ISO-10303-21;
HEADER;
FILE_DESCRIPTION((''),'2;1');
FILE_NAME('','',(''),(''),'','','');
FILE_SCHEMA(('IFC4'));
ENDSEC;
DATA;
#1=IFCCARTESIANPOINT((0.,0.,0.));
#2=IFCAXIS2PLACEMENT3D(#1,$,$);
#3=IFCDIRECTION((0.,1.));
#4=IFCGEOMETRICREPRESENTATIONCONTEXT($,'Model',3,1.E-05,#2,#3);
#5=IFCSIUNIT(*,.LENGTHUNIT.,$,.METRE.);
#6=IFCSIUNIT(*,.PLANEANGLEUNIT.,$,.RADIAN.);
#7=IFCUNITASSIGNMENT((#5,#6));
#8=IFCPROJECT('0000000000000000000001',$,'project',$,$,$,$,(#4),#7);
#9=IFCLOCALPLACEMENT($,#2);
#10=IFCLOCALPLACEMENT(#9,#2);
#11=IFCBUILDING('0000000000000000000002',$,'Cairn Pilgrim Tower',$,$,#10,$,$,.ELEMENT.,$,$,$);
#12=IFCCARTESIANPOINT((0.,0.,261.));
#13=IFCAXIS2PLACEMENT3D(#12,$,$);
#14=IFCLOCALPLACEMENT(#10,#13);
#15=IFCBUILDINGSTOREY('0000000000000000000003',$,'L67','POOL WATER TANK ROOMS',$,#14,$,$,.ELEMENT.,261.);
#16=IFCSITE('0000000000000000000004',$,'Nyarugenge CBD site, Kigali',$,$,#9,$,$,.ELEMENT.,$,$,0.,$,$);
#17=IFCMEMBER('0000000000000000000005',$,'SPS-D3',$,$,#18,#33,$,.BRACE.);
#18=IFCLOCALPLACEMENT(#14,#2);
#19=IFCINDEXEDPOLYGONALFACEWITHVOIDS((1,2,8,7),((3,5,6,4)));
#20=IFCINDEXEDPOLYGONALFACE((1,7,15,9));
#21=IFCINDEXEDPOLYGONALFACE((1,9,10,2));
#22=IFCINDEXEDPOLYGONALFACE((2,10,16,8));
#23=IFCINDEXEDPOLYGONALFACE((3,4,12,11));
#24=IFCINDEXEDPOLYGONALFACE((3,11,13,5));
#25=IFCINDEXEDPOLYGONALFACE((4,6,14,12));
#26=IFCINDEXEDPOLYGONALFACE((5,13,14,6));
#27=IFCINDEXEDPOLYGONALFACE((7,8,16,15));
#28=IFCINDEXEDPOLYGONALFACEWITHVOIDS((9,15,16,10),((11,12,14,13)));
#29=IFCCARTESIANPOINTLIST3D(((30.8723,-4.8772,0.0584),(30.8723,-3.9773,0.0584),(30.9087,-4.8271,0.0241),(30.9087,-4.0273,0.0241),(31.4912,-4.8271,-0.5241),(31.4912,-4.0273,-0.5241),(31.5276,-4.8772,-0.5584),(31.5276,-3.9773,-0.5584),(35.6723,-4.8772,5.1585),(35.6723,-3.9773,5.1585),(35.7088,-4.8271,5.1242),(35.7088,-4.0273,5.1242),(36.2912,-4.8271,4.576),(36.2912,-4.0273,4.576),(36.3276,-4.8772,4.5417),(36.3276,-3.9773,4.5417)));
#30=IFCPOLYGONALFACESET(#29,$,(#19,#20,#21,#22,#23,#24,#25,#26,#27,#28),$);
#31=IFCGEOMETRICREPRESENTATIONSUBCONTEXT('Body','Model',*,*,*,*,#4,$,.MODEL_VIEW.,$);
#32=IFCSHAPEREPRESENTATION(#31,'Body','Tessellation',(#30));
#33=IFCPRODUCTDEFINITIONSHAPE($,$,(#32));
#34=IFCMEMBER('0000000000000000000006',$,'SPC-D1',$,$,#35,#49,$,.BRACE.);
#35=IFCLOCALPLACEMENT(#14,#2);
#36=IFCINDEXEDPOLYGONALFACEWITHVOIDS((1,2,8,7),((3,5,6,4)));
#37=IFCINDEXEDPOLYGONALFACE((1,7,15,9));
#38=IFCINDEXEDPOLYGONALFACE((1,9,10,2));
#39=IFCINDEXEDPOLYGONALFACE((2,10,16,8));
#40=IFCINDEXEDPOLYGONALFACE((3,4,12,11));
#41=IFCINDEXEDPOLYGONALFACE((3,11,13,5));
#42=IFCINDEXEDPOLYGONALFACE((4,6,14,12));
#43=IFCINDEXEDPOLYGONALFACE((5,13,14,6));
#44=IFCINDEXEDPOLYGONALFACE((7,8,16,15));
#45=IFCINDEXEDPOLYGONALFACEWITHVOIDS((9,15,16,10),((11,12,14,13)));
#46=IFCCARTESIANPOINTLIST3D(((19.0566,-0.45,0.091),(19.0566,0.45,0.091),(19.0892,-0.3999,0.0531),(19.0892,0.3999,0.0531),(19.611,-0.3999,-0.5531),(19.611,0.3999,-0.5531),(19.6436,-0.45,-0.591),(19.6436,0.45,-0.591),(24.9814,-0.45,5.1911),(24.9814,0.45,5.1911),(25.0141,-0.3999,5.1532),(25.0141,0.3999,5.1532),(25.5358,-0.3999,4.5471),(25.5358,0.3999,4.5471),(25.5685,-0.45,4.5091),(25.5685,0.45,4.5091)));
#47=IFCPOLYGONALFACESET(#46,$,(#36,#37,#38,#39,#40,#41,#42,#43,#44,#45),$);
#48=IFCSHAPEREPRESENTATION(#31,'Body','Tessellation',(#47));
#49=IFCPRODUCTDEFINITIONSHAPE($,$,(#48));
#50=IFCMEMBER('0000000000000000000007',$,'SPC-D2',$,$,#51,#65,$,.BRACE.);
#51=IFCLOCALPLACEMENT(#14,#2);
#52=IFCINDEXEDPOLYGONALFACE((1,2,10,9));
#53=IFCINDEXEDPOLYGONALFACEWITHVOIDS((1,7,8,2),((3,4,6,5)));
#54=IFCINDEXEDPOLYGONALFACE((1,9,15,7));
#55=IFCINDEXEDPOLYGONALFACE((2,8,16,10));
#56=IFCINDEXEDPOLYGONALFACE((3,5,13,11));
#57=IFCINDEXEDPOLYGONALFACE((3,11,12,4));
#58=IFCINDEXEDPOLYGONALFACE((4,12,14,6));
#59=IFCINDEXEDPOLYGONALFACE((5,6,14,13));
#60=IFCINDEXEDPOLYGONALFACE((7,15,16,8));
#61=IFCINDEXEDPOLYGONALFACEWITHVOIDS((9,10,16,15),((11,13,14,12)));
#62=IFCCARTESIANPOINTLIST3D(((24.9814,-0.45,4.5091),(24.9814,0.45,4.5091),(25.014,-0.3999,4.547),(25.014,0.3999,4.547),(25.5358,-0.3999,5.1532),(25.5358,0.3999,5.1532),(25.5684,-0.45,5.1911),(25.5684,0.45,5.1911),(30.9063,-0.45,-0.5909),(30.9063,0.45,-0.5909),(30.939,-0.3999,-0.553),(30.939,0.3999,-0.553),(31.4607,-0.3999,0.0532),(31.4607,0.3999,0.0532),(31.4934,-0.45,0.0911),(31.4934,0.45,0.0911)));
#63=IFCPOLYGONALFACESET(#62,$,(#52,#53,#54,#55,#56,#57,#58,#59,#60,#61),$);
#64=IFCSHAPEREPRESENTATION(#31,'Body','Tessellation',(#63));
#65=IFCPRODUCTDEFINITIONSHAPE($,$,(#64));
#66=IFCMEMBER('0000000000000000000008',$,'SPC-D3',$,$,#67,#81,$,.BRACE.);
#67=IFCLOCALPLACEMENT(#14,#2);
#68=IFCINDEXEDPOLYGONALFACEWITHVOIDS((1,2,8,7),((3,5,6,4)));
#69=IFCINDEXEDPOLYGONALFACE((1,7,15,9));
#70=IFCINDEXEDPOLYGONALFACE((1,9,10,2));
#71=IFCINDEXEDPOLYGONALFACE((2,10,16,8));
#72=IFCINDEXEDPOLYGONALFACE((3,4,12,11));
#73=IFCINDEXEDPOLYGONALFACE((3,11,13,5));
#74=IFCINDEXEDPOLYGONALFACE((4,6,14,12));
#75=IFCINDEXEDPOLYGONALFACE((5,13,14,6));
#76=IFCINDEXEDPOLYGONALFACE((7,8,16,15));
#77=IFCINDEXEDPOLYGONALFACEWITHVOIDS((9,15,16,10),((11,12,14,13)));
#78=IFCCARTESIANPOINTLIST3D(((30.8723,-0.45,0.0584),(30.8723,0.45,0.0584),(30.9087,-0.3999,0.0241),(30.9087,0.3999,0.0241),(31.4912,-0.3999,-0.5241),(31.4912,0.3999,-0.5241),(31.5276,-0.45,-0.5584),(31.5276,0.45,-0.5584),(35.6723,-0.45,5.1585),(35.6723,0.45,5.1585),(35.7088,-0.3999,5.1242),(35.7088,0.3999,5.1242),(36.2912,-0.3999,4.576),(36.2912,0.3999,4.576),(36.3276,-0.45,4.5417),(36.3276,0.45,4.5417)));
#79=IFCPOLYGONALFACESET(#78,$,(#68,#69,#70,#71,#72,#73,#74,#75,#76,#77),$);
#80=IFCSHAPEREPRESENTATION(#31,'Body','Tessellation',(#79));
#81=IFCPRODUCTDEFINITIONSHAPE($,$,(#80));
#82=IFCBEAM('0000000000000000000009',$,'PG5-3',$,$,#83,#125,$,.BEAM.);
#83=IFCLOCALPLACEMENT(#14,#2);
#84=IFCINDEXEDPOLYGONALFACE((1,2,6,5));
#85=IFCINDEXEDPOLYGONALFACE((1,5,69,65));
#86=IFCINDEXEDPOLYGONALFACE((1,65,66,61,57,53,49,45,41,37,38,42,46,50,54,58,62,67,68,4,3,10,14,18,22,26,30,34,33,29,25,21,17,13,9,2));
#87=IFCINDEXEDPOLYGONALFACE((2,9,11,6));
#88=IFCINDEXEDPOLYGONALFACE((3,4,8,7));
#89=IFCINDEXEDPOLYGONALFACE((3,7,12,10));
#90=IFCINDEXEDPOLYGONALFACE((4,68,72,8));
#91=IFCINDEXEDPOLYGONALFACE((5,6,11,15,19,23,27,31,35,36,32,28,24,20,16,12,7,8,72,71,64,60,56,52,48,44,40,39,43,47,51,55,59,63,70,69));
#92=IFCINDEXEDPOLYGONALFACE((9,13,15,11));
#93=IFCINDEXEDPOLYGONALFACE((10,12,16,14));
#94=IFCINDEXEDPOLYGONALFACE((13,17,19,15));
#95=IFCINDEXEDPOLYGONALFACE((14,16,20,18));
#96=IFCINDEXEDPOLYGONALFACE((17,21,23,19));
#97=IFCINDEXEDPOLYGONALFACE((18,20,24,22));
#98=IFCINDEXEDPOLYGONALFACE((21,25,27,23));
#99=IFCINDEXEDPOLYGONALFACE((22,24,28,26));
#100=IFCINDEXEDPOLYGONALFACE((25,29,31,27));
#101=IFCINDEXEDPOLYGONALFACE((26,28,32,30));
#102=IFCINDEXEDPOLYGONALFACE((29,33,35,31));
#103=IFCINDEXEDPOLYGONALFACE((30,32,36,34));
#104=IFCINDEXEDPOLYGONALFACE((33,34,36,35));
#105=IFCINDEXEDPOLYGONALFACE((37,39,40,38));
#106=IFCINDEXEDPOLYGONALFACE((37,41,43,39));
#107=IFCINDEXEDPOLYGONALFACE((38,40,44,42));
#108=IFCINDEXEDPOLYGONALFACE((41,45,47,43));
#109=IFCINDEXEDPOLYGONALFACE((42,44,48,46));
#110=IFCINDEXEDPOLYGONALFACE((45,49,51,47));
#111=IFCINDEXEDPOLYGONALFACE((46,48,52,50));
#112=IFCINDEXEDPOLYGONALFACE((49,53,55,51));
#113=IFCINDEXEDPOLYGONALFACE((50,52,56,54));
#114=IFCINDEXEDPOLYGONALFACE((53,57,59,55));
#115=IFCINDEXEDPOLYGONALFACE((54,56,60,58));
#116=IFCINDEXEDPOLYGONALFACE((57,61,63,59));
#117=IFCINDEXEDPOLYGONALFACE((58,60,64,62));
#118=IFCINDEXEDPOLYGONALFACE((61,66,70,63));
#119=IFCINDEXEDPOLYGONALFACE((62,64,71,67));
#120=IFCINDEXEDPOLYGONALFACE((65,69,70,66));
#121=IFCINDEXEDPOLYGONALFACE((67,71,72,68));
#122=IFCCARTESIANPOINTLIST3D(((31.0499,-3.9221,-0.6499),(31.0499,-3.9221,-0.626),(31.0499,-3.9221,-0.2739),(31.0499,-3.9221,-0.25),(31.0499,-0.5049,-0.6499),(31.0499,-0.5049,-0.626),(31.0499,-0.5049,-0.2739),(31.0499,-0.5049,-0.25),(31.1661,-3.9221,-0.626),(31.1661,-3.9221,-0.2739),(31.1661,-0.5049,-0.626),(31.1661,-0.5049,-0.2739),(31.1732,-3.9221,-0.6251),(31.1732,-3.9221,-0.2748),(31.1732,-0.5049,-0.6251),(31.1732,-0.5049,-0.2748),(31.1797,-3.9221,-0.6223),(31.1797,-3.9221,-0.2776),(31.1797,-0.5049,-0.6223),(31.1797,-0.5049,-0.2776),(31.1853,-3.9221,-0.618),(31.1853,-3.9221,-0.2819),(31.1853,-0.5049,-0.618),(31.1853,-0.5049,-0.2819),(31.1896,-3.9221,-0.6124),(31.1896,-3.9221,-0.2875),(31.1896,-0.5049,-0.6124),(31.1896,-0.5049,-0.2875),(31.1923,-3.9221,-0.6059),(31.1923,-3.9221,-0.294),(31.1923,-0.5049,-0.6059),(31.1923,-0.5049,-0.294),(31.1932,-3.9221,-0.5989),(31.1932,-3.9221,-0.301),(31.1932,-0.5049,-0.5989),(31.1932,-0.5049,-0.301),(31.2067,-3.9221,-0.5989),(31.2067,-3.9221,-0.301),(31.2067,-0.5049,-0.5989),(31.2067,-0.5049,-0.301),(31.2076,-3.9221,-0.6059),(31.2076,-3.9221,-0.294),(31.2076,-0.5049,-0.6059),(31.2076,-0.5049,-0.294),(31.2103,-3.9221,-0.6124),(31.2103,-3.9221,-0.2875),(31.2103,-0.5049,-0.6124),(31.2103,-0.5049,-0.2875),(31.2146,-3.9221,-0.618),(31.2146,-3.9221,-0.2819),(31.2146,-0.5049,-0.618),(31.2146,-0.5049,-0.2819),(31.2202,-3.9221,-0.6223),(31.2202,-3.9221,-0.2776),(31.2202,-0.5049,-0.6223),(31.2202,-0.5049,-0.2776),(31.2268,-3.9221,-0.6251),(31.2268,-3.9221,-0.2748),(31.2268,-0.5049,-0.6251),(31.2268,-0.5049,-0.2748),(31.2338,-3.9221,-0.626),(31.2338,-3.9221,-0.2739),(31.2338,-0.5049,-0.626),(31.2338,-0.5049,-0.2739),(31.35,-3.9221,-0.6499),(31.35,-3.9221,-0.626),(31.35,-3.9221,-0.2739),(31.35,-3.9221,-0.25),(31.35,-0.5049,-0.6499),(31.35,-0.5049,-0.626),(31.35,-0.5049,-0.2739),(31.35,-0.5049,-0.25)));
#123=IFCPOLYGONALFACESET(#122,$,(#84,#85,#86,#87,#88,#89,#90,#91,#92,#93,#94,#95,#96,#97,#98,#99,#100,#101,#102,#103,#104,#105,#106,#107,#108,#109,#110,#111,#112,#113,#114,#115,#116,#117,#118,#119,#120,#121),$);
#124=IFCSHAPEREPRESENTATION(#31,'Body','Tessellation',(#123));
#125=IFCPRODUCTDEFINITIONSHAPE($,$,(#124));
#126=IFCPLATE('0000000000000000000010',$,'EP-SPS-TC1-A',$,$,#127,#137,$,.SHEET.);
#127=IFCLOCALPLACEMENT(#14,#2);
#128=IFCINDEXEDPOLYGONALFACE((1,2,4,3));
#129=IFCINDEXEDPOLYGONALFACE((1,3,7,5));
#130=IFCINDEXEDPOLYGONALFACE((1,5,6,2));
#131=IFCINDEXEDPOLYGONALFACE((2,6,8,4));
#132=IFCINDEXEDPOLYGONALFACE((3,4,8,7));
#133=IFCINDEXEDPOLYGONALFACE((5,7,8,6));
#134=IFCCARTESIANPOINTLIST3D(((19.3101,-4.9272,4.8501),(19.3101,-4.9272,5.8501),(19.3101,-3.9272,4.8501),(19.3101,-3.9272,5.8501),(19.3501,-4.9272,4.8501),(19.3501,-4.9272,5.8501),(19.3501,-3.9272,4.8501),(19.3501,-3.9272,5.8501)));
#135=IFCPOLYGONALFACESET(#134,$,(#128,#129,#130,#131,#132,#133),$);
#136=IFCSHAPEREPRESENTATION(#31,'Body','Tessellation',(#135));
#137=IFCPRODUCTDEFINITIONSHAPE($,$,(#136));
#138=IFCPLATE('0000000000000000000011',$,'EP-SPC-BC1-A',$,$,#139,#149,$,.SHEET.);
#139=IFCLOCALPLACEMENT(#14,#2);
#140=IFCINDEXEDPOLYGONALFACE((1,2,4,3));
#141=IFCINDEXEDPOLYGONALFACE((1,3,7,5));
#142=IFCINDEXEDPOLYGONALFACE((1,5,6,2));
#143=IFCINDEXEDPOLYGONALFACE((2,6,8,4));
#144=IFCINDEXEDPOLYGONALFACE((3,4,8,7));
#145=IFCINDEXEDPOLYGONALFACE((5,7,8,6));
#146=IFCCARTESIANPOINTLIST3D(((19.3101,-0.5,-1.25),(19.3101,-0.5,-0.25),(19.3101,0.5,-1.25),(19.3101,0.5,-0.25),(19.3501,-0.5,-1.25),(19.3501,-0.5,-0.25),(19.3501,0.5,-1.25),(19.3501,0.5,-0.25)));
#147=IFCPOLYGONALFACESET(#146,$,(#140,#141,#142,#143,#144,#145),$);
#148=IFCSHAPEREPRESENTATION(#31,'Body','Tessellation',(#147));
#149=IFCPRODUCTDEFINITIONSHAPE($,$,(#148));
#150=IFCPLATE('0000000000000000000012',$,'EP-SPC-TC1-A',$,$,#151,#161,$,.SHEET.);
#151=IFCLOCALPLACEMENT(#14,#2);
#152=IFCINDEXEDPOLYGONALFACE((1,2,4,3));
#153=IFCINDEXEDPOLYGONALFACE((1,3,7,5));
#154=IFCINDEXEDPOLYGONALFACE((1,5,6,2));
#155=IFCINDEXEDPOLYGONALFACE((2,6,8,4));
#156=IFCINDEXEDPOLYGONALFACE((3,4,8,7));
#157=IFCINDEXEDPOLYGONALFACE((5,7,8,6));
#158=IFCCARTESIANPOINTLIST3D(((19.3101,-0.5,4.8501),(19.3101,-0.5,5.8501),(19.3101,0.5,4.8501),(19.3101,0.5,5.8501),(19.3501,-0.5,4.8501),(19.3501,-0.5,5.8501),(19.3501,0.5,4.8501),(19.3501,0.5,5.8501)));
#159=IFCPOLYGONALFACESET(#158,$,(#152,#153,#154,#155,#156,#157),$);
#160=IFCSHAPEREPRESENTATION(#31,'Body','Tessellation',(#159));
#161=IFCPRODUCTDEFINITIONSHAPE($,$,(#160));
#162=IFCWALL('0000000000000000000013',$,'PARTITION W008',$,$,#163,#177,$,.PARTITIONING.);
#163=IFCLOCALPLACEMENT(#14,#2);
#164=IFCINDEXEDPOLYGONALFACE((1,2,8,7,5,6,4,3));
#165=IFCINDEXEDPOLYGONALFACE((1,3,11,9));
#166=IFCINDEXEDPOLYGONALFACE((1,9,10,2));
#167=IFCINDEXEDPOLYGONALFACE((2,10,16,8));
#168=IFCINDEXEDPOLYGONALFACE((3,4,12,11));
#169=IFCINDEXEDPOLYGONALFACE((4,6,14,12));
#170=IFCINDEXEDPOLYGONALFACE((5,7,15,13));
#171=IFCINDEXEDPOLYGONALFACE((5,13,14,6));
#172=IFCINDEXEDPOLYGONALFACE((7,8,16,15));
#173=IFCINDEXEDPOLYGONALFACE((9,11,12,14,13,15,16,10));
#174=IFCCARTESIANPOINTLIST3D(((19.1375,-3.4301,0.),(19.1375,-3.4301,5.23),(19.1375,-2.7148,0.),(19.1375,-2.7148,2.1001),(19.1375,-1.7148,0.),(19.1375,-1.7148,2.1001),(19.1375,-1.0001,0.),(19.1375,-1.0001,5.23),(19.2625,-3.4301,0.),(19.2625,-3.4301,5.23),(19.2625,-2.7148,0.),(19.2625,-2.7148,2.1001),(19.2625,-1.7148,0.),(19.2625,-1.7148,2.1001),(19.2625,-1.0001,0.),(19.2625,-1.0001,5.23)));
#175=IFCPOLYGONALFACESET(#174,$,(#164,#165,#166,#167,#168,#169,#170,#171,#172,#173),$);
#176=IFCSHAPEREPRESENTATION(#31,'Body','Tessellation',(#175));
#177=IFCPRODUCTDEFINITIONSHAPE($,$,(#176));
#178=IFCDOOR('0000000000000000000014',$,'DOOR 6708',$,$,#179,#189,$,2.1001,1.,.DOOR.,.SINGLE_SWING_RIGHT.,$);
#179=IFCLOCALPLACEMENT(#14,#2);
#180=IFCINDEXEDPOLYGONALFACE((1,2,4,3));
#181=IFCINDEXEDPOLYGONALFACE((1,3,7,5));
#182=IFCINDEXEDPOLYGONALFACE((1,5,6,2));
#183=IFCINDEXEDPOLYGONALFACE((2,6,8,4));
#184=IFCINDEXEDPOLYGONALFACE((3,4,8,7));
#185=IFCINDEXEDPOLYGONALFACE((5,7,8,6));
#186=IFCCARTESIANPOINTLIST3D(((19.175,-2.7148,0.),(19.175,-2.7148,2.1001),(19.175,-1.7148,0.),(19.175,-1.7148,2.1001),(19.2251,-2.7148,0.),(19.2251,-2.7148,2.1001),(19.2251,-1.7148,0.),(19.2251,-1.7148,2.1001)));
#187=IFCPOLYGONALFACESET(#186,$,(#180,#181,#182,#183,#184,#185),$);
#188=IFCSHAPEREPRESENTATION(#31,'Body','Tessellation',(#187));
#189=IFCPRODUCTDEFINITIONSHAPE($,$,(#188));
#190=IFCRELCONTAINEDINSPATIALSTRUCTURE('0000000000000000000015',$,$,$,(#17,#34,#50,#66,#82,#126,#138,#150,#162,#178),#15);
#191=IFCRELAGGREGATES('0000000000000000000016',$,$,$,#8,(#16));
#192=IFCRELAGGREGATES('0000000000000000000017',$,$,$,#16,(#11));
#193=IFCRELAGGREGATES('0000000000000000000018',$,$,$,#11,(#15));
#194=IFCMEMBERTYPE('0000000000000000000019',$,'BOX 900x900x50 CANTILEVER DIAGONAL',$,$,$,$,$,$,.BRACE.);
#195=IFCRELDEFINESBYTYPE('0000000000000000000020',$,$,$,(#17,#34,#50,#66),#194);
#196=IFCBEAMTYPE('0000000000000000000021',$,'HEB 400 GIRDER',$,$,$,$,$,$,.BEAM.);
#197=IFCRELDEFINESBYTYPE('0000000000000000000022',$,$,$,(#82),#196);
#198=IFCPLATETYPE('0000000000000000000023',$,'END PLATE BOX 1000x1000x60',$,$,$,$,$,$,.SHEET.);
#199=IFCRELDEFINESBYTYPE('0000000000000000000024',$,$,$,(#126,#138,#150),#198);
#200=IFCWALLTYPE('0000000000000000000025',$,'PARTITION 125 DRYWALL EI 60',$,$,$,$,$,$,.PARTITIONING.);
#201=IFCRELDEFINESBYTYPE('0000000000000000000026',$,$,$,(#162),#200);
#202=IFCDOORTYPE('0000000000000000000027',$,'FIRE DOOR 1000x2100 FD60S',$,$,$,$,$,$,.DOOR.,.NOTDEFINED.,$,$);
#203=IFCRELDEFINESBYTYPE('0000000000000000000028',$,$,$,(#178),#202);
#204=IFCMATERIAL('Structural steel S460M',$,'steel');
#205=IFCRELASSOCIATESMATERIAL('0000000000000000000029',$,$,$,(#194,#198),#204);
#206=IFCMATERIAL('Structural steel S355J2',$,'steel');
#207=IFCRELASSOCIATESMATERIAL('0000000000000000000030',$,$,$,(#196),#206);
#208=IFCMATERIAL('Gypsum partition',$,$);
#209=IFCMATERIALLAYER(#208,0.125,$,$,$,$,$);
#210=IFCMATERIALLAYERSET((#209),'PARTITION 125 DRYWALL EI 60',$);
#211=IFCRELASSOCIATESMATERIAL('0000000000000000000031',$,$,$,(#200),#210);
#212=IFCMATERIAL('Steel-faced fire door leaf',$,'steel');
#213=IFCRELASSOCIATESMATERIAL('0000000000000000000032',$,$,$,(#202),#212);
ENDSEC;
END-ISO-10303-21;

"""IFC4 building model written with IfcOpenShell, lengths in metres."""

from ifc_helpers import new_model, si_unit, direction, frame, frame_2d, origin, origin_2d, place, context, subcontext, project, spatial, rectangle, hollow_rectangle, i_section, extrude, material, layer, layer_set, material_profile, profile_set, type_object, element, fill, save


model = new_model("IFC4")

# Units and contexts
model_context = context("Model", 3, precision=1e-05, world=origin(), true_north=direction((0.0, 1.0)))
body_context = subcontext(model_context, "Body", "Model", "MODEL_VIEW")
ifc_project = project(units=[si_unit("LENGTHUNIT", "METRE"), si_unit("PLANEANGLEUNIT", "RADIAN")], contexts=[model_context])

# Site, building, storey
site_placement = place(None, origin())
site = spatial("IfcSite", under=ifc_project, at=site_placement, Name="Nyarugenge CBD site, Kigali", CompositionType="ELEMENT", RefElevation=0.0)
building_placement = place(site_placement, origin())
building = spatial("IfcBuilding", under=site, at=building_placement, Name="Cairn Pilgrim Tower", CompositionType="ELEMENT")
storey_placement = place(building_placement, frame((0.0, 0.0, 261.0)))
storey = spatial("IfcBuildingStorey", under=building, at=storey_placement, Name="L67", Description="POOL WATER TANK ROOMS", CompositionType="ELEMENT", Elevation=261.0)

# Members
ifc_material_1 = material(Name="Structural steel S460M", Category="steel")
ifc_material_profile_1 = material_profile(ifc_material_1, hollow_rectangle(XDim=0.8999, YDim=0.8999, WallThickness=0.05, at=origin_2d()), Name="BOX 900x900x50")
ifc_profile_set_1 = profile_set([ifc_material_profile_1], Name="Structural steel S460M")
member_type_1 = type_object("IfcMemberType", Name="BOX 900x900x50 CANTILEVER DIAGONAL", PredefinedType="BRACE", material=ifc_profile_set_1)
member_1_placement = place(storey_placement, frame((31.2, -4.4272, -0.25), z_axis=(0.685361, 0.0, 0.728203), x_axis=(0.0, 1.0, 0.0)))
element("IfcMember", 1, at=member_1_placement, inside=storey, type_object=member_type_1, Name="SPS-D3", PredefinedType="BRACE", context=body_context, shape_type="SweptSolid", body=[
    extrude(hollow_rectangle(XDim=0.8999, YDim=0.8999, WallThickness=0.05, at=origin_2d()), origin(), (0.0, 0.0, 1.0), 7.0037),
])
for number, where, z_axis, x_axis, name in (
    (2, (19.3501, 0.0, -0.25), (0.757884, 0.0, 0.65239), (0.0, 1.0, 0.0), "SPC-D1"),
    (3, (25.2749, 0.0, 4.8501), (0.757897, 0.0, -0.652374), (0.0, 1.0, 0.0), "SPC-D2"),
):
    element("IfcMember", number, at=place(storey_placement, frame(where, z_axis=z_axis, x_axis=x_axis)), inside=storey, type_object=member_type_1, Name=name, PredefinedType="BRACE", context=body_context, shape_type="SweptSolid", body=[
        extrude(hollow_rectangle(XDim=0.8999, YDim=0.8999, WallThickness=0.05, at=origin_2d()), origin(), (0.0, 0.0, 1.0), 7.8176),
    ])
member_2_placement = place(storey_placement, frame((31.2, 0.0, -0.25), z_axis=(0.685361, 0.0, 0.728203), x_axis=(0.0, 1.0, 0.0)))
element("IfcMember", 4, at=member_2_placement, inside=storey, type_object=member_type_1, Name="SPC-D3", PredefinedType="BRACE", context=body_context, shape_type="SweptSolid", body=[
    extrude(hollow_rectangle(XDim=0.8999, YDim=0.8999, WallThickness=0.05, at=origin_2d()), origin(), (0.0, 0.0, 1.0), 7.0037),
])

# Beam
ifc_material_2 = material(Name="Structural steel S355J2", Category="steel")
ifc_material_profile_2 = material_profile(ifc_material_2, i_section(OverallWidth=0.3, OverallDepth=0.3999, WebThickness=0.0134, FlangeThickness=0.0239, FilletRadius=0.0271, at=origin_2d()), Name="HEB 400")
ifc_profile_set_2 = profile_set([ifc_material_profile_2], Name="Structural steel S355J2")
beam_type = type_object("IfcBeamType", Name="HEB 400 GIRDER", PredefinedType="BEAM", material=ifc_profile_set_2)
beam_placement = place(storey_placement, frame((31.2, -3.9221, -0.45), z_axis=(0.0, 1.0, 0.0), x_axis=(-1.0, 0.0, 0.0)))
element("IfcBeam", 5, at=beam_placement, inside=storey, type_object=beam_type, Name="PG5-3", PredefinedType="BEAM", context=body_context, shape_type="SweptSolid", body=[
    extrude(i_section(OverallWidth=0.3, OverallDepth=0.3999, WebThickness=0.0134, FlangeThickness=0.0239, FilletRadius=0.0271, at=origin_2d()), origin(), (0.0, 0.0, 1.0), 3.4172),
])

# Plates
ifc_material_profile_3 = material_profile(ifc_material_1, rectangle(XDim=1.0, YDim=1.0, at=origin_2d()), Name="END PLATE BOX 1000x1000x60")
ifc_profile_set_3 = profile_set([ifc_material_profile_3], Name="Structural steel S460M")
plate_type = type_object("IfcPlateType", Name="END PLATE BOX 1000x1000x60", PredefinedType="SHEET", material=ifc_profile_set_3)
for number, where, z_axis, x_axis, name in (
    (6, (19.3501, -4.4272, 5.3501), (-1.0, 0.0, 0.0), (0.0, -1.0, 0.0), "EP-SPS-TC1-A"),
    (7, (19.3501, 0.0, -0.75), (-1.0, 0.0, 0.0), (0.0, -1.0, 0.0), "EP-SPC-BC1-A"),
    (8, (19.3501, 0.0, 5.3501), (-1.0, 0.0, 0.0), (0.0, -1.0, 0.0), "EP-SPC-TC1-A"),
):
    element("IfcPlate", number, at=place(storey_placement, frame(where, z_axis=z_axis, x_axis=x_axis)), inside=storey, type_object=plate_type, Name=name, PredefinedType="SHEET", context=body_context, shape_type="SweptSolid", body=[
        extrude(rectangle(XDim=1.0, YDim=1.0, at=origin_2d()), origin(), (0.0, 0.0, 1.0), 0.04),
    ])

# Wall, opening, door
ifc_material_3 = material(Name="Gypsum partition")
ifc_layer = layer(ifc_material_3, 0.125)
ifc_layer_set = layer_set([ifc_layer], Name="PARTITION 125 DRYWALL EI 60")
wall_type = type_object("IfcWallType", Name="PARTITION 125 DRYWALL EI 60", PredefinedType="PARTITIONING", material=ifc_layer_set)
wall_placement = place(storey_placement, frame((19.2, -3.4299, 0.0), z_axis=(0.0, 0.0, 1.0), x_axis=(0.0, 1.0, 0.0)))
wall = element("IfcWall", 9, at=wall_placement, inside=storey, type_object=wall_type, Name="PARTITION W008", PredefinedType="PARTITIONING", context=body_context, shape_type="SweptSolid", body=[
    extrude(rectangle(XDim=2.4299, YDim=0.125, at=frame_2d((1.2148, 0.0))), origin(), (0.0, 0.0, 1.0), 5.23),
])
opening_placement = place(wall_placement, frame((0.7151, 0.0, 0.0)))
opening = element("IfcOpeningElement", 10, at=opening_placement, cuts=wall, PredefinedType="OPENING", context=body_context, shape_type="SweptSolid", body=[
    extrude(rectangle(XDim=1.0, YDim=2.1001, at=frame_2d((0.5, 1.05))), frame((0.0, 0.0725, 0.0), z_axis=(0.0, -1.0, 0.0), x_axis=(1.0, 0.0, 0.0)), (0.0, 0.0, 1.0), 0.145),
])
ifc_material_4 = material(Name="Steel-faced fire door leaf", Category="steel")
door_type = type_object("IfcDoorType", Name="FIRE DOOR 1000x2100 FD60S", OperationType="NOTDEFINED", PredefinedType="DOOR", material=ifc_material_4)
door_placement = place(opening_placement, origin())
door = element("IfcDoor", 11, at=door_placement, inside=storey, type_object=door_type, Name="DOOR 6708", OperationType="SINGLE_SWING_RIGHT", OverallHeight=2.1001, OverallWidth=1.0, PredefinedType="DOOR", context=body_context, shape_type="SweptSolid", body=[
    extrude(rectangle(XDim=1.0, YDim=2.1001, at=frame_2d((0.5, 1.05))), frame((0.0, 0.0249, 0.0), z_axis=(0.0, -1.0, 0.0), x_axis=(1.0, 0.0, 0.0)), (0.0, 0.0, 1.0), 0.05),
])
fill(opening, door)

save(model, "model.ifc")
